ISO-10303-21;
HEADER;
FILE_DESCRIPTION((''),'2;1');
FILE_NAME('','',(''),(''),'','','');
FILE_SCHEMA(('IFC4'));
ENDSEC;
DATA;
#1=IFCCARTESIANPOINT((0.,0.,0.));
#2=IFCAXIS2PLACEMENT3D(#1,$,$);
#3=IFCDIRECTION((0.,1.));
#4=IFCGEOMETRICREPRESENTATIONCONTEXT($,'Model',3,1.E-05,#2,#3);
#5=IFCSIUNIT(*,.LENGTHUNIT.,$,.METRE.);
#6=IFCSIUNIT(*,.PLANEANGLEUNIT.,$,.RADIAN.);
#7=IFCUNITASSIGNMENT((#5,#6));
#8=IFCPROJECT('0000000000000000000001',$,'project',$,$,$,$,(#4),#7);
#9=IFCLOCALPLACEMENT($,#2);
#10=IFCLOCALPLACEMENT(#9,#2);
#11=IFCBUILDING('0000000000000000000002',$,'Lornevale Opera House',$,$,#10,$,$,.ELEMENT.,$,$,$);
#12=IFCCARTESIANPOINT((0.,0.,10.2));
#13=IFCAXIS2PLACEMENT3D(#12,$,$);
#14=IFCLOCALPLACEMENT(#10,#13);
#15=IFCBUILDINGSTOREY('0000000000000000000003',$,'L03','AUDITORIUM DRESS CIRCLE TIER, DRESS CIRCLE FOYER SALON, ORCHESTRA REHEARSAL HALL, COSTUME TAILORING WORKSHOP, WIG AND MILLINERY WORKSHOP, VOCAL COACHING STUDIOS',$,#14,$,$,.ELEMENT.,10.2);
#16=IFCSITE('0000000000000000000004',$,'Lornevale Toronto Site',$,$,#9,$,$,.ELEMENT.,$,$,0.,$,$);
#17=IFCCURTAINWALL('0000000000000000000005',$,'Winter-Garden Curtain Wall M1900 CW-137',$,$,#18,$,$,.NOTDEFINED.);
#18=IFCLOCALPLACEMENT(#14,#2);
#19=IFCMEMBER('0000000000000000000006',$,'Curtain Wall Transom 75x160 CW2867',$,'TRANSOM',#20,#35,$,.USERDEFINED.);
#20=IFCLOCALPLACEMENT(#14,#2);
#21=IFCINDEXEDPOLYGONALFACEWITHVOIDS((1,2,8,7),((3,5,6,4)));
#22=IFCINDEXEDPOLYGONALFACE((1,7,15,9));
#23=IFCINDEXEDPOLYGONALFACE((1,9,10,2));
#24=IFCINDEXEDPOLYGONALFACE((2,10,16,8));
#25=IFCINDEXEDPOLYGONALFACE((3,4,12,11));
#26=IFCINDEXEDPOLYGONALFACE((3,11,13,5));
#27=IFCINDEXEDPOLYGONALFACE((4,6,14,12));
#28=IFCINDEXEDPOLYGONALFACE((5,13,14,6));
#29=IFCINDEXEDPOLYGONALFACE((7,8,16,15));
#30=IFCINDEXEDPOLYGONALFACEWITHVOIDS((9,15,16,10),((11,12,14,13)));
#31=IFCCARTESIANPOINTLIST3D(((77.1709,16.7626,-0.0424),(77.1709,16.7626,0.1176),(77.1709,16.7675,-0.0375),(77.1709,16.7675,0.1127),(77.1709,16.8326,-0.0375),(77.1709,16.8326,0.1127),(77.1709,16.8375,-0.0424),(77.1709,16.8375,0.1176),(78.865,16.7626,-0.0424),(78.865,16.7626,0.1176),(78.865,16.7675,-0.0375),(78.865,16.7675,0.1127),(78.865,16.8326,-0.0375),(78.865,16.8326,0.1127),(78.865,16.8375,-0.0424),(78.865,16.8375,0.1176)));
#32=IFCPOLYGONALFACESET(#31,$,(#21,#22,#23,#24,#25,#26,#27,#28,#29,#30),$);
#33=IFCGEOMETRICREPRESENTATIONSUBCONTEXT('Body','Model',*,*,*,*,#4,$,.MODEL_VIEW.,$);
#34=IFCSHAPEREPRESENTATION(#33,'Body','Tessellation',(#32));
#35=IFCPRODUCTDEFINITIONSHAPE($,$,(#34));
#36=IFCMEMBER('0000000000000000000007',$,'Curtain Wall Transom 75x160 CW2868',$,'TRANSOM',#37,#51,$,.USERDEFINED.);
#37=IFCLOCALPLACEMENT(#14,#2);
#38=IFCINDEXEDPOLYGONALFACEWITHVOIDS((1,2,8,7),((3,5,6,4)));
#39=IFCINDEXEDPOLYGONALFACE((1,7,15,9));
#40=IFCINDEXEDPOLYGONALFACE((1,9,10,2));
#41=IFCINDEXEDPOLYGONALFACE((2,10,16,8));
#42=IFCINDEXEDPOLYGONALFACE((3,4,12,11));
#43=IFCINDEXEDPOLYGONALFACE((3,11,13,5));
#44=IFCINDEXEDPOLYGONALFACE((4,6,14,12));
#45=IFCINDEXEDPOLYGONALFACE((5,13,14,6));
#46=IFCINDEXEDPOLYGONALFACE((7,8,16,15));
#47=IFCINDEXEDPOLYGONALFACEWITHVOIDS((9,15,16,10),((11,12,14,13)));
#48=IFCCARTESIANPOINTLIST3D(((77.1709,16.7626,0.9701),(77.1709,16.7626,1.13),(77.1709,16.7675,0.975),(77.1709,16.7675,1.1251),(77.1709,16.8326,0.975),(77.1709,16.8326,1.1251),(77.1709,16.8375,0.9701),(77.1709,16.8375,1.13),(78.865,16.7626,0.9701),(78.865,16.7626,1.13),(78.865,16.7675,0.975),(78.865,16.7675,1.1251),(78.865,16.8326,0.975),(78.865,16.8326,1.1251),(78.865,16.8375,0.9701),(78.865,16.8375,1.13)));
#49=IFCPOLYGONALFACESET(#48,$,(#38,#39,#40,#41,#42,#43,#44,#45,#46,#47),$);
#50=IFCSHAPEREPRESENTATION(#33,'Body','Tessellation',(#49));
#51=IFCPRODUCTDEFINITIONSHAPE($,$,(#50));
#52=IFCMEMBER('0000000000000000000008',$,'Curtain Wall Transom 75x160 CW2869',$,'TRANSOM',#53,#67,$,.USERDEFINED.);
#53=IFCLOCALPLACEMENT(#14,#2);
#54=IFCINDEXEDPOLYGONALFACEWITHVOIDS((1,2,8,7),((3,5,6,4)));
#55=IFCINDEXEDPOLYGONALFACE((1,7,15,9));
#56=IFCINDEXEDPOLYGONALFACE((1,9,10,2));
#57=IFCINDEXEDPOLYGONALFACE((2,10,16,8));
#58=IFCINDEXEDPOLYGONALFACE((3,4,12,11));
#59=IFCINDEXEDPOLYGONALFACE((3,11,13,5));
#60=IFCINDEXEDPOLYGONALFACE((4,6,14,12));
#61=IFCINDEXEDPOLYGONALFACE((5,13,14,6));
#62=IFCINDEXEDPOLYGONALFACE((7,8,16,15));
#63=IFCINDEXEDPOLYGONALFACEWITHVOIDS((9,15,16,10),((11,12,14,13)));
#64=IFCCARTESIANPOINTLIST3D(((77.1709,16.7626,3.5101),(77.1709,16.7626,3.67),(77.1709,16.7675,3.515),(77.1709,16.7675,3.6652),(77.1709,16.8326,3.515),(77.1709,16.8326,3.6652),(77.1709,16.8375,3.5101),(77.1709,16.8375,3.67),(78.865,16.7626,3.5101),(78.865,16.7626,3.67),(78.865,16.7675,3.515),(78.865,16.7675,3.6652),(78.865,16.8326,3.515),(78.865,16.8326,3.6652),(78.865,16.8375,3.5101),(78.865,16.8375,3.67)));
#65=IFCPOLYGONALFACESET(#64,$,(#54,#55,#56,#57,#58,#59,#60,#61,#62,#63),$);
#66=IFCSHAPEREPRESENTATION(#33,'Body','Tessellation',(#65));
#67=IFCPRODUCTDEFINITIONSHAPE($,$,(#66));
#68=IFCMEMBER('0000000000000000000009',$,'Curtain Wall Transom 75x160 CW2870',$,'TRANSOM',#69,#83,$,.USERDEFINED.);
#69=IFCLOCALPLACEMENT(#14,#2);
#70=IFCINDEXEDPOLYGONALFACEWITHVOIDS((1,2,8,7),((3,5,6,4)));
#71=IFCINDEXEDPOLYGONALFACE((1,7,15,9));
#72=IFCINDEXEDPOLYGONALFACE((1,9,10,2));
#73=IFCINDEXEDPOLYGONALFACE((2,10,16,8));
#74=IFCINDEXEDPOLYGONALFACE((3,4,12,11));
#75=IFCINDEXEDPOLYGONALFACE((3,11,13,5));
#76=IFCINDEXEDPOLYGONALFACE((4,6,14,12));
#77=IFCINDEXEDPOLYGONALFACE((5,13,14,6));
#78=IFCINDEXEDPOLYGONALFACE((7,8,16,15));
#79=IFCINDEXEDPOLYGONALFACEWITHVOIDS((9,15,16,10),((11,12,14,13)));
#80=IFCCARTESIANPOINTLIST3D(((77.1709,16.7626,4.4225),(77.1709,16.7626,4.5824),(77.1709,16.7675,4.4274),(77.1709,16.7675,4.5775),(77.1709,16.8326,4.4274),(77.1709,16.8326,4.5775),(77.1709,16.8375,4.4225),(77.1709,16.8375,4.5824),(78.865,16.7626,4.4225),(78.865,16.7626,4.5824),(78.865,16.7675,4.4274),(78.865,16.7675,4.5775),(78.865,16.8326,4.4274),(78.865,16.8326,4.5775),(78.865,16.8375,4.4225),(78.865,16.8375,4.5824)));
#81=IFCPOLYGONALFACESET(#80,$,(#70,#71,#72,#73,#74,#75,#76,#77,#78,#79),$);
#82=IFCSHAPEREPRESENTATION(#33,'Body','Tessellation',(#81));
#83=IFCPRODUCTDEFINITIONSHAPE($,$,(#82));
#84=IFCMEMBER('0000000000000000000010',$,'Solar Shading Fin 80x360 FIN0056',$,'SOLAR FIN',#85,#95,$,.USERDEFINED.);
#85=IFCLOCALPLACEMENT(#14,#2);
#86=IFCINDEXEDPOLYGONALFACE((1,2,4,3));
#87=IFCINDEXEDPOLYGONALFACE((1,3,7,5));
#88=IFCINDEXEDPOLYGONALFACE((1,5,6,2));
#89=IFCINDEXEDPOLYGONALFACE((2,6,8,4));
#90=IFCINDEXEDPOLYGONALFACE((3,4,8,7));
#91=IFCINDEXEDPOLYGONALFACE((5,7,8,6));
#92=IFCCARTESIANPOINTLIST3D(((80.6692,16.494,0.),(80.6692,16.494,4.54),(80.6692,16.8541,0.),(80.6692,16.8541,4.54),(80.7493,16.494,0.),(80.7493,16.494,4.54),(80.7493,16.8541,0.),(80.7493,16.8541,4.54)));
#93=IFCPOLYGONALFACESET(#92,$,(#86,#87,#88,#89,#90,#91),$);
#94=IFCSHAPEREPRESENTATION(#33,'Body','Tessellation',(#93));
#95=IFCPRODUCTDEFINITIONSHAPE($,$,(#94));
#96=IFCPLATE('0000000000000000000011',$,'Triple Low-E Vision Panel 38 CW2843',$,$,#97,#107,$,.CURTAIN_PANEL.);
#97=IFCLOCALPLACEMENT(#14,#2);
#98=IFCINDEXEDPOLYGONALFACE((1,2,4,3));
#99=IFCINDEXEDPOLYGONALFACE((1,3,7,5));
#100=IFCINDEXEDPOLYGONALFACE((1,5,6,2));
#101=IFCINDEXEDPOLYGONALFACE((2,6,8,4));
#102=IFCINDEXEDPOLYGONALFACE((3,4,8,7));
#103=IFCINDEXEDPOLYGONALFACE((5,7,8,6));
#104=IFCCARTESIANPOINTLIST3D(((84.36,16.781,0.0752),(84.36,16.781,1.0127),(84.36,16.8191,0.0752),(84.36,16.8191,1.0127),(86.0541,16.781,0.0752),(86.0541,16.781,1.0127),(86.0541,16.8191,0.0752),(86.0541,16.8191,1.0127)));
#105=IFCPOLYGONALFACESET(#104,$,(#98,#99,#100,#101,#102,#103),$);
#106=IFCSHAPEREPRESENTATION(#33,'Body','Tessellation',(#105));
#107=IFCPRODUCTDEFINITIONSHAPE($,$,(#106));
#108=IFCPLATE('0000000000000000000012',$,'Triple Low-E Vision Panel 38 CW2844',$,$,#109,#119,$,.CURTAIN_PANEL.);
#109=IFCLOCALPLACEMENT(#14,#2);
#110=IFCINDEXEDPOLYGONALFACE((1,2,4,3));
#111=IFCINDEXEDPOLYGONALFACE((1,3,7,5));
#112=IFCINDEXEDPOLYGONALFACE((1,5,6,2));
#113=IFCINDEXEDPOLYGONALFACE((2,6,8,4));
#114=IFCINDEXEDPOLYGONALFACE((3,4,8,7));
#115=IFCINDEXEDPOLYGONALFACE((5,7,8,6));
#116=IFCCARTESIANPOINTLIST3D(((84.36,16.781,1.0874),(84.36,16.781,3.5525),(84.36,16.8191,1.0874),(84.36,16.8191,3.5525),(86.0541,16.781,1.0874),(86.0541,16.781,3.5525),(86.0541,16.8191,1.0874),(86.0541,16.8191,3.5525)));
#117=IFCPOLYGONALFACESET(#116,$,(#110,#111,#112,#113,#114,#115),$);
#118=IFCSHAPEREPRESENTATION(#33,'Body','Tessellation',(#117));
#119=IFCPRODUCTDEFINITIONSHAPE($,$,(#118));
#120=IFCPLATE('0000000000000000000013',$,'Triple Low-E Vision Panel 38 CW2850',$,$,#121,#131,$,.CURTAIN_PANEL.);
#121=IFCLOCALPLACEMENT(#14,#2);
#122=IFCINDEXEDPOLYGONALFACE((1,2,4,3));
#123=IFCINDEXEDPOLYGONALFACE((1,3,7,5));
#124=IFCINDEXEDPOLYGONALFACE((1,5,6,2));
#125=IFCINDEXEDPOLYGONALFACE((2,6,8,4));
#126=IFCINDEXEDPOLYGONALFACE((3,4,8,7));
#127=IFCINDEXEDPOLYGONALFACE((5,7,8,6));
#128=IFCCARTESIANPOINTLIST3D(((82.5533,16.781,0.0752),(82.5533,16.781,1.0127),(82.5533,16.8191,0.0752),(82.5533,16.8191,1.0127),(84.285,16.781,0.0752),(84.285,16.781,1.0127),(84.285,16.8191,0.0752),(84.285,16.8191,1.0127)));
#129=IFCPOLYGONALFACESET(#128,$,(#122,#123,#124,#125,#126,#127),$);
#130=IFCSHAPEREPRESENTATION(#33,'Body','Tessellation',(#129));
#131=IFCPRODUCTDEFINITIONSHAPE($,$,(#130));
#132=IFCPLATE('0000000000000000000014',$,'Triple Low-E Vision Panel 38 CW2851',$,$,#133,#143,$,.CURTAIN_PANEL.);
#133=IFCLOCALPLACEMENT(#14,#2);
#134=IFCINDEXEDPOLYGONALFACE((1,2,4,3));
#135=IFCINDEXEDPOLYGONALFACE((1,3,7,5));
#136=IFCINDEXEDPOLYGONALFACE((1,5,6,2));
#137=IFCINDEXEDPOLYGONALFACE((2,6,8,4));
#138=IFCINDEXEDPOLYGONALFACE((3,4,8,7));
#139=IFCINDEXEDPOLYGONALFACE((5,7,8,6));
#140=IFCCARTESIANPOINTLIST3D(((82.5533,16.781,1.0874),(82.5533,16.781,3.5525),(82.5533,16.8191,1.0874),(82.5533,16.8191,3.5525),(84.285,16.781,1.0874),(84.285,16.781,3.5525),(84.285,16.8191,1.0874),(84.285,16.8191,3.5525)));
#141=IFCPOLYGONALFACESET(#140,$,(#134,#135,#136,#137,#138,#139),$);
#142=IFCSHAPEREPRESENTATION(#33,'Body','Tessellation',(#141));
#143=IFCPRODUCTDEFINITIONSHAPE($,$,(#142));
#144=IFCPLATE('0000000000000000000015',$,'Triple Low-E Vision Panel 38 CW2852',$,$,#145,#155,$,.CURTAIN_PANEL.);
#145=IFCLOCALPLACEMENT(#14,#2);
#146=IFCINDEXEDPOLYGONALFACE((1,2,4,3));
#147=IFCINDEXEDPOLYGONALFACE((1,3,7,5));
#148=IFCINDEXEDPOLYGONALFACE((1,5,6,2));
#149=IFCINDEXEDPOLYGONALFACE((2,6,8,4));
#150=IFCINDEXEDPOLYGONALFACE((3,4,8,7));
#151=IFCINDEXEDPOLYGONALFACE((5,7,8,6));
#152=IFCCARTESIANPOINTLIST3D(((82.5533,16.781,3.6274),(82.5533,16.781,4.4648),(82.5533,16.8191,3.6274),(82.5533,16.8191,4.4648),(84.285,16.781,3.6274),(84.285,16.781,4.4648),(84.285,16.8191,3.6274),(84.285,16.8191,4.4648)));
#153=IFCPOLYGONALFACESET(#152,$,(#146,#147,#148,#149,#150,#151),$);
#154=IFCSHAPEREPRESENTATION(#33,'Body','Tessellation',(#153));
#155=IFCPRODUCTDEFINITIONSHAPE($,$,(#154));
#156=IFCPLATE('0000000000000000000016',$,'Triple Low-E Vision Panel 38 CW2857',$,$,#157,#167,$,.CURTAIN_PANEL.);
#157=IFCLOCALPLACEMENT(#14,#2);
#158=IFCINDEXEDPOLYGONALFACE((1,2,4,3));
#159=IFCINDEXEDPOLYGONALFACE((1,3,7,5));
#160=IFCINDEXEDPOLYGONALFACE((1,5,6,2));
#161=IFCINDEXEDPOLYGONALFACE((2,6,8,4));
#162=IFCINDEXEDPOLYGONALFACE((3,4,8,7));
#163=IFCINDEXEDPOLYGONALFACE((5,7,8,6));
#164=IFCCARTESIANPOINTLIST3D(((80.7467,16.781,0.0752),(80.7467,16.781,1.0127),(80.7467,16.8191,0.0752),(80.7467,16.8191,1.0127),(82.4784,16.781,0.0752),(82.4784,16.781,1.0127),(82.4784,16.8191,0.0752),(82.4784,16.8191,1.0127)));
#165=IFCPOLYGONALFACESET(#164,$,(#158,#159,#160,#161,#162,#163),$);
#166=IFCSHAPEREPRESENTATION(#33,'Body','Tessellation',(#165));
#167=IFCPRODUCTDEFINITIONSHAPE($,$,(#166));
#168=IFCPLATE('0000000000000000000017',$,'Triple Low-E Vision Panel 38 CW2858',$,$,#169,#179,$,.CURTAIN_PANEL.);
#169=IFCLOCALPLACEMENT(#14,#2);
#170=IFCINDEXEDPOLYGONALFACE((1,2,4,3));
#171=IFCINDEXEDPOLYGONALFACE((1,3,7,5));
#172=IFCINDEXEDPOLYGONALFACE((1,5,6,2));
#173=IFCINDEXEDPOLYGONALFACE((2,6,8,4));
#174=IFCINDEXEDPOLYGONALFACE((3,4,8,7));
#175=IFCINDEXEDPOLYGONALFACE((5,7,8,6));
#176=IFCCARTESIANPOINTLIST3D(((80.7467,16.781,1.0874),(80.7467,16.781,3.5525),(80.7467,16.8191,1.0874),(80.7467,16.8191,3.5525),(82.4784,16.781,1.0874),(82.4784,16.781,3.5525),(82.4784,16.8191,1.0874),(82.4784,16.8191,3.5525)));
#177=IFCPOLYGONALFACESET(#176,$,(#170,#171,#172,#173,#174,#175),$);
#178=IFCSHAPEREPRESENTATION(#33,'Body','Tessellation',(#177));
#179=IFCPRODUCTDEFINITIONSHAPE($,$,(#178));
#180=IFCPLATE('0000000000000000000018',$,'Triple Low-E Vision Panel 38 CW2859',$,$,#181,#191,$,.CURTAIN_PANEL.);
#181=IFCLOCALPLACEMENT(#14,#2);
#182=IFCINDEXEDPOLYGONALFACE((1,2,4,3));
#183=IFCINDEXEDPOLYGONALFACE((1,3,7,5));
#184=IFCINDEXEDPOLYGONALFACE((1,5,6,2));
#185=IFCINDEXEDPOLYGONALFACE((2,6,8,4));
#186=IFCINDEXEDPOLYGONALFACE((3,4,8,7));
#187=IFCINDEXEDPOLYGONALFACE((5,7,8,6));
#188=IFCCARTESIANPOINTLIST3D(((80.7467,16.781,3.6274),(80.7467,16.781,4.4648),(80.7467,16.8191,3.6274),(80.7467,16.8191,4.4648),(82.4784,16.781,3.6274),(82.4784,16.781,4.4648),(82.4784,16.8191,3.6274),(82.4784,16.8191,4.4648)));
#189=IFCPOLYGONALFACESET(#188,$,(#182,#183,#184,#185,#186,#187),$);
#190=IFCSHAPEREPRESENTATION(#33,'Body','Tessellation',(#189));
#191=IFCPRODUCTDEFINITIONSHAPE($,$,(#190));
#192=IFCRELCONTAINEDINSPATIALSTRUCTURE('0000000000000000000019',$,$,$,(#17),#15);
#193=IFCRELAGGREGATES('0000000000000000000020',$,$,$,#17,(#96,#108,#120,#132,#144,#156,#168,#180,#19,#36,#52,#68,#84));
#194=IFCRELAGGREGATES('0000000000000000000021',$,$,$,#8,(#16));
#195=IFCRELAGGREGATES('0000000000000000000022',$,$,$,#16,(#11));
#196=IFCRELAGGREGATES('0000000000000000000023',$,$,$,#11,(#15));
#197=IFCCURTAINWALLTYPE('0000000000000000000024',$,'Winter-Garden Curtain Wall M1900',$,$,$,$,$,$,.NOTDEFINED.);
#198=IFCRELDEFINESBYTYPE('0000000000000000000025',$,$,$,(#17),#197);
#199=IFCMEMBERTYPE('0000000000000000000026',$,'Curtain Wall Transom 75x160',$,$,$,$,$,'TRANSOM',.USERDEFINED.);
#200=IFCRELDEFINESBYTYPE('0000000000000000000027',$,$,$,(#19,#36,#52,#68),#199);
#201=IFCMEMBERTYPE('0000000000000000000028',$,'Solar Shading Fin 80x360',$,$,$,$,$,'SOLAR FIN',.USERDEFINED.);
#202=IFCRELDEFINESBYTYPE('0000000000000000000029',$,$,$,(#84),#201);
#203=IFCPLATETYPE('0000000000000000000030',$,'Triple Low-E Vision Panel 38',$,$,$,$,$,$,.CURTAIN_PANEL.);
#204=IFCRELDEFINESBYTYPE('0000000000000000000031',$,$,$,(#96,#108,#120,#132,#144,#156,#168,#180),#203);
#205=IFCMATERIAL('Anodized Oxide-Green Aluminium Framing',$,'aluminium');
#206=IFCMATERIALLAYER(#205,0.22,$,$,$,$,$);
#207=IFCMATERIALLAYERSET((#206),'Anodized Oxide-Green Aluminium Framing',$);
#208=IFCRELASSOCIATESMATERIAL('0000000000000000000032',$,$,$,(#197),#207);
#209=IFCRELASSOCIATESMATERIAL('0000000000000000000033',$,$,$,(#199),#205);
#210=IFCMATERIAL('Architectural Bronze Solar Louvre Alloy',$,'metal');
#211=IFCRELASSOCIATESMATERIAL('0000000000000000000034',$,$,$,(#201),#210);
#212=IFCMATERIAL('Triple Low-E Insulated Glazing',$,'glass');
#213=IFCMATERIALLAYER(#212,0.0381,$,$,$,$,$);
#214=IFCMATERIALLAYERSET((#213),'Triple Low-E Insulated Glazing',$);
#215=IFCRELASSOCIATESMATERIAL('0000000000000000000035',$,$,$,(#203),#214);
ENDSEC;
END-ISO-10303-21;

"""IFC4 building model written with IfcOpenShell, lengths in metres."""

from ifc_helpers import new_model, si_unit, direction, frame, origin, origin_2d, place, context, subcontext, project, spatial, rectangle, hollow_rectangle, extrude, material, layer, layer_set, material_profile, profile_set, type_object, element, aggregate, save


model = new_model("IFC4")

# Units and contexts
model_context = context("Model", 3, precision=1e-05, world=origin(), true_north=direction((0.0, 1.0)))
body_context = subcontext(model_context, "Body", "Model", "MODEL_VIEW")
ifc_project = project(units=[si_unit("LENGTHUNIT", "METRE"), si_unit("PLANEANGLEUNIT", "RADIAN")], contexts=[model_context])

# Site, building, storey
site_placement = place(None, origin())
site = spatial("IfcSite", under=ifc_project, at=site_placement, Name="Lornevale Toronto Site", CompositionType="ELEMENT", RefElevation=0.0)
building_placement = place(site_placement, origin())
building = spatial("IfcBuilding", under=site, at=building_placement, Name="Lornevale Opera House", CompositionType="ELEMENT")
storey_placement = place(building_placement, frame((0.0, 0.0, 10.2)))
storey = spatial("IfcBuildingStorey", under=building, at=storey_placement, Name="L03", Description="AUDITORIUM DRESS CIRCLE TIER, DRESS CIRCLE FOYER SALON, ORCHESTRA REHEARSAL HALL, COSTUME TAILORING WORKSHOP, WIG AND MILLINERY WORKSHOP, VOCAL COACHING STUDIOS", CompositionType="ELEMENT", Elevation=10.2)

# Shared definitions
ifc_material_1 = material(Name="Anodized Oxide-Green Aluminium Framing", Category="aluminium")
ifc_layer_1 = layer(ifc_material_1, 0.22)
ifc_layer_set_1 = layer_set([ifc_layer_1], Name="Anodized Oxide-Green Aluminium Framing")
curtain_wall_type = type_object("IfcCurtainWallType", Name="Winter-Garden Curtain Wall M1900", PredefinedType="NOTDEFINED", material=ifc_layer_set_1)

# Curtain wall, members, plates
curtain_wall_1_placement = place(storey_placement, origin())
curtain_wall_1 = element("IfcCurtainWall", 1, at=curtain_wall_1_placement, inside=storey, type_object=curtain_wall_type, Name="Winter-Garden Curtain Wall M1900 CW-137", PredefinedType="NOTDEFINED")
ifc_material_profile_1 = material_profile(ifc_material_1, hollow_rectangle(XDim=0.075, YDim=0.1599, WallThickness=0.0049, at=origin_2d()), Name="ALU75x160x5")
ifc_profile_set_1 = profile_set([ifc_material_profile_1], Name="Anodized Oxide-Green Aluminium Framing")
member_type_1 = type_object("IfcMemberType", Name="Curtain Wall Transom 75x160", ElementType="TRANSOM", PredefinedType="USERDEFINED", material=ifc_profile_set_1)
member_1_placement = place(storey_placement, frame((78.865, 16.8, 0.0376), z_axis=(-1.0, 0.0, 0.0), x_axis=(0.0, -1.0, 0.0)))
member_1 = element("IfcMember", 2, at=member_1_placement, type_object=member_type_1, Name="Curtain Wall Transom 75x160 CW2867", ObjectType="TRANSOM", PredefinedType="USERDEFINED", context=body_context, shape_type="SweptSolid", body=[
    extrude(hollow_rectangle(XDim=0.075, YDim=0.1599, WallThickness=0.0049, at=origin_2d()), origin(), (0.0, 0.0, 1.0), 1.6941),
])
member_2_placement = place(storey_placement, frame((78.865, 16.8, 1.05), z_axis=(-1.0, 0.0, 0.0), x_axis=(0.0, -1.0, 0.0)))
member_2 = element("IfcMember", 3, at=member_2_placement, type_object=member_type_1, Name="Curtain Wall Transom 75x160 CW2868", ObjectType="TRANSOM", PredefinedType="USERDEFINED", context=body_context, shape_type="SweptSolid", body=[
    extrude(hollow_rectangle(XDim=0.075, YDim=0.1599, WallThickness=0.0049, at=origin_2d()), origin(), (0.0, 0.0, 1.0), 1.6941),
])
member_3_placement = place(storey_placement, frame((78.865, 16.8, 3.5901), z_axis=(-1.0, 0.0, 0.0), x_axis=(0.0, -1.0, 0.0)))
member_3 = element("IfcMember", 4, at=member_3_placement, type_object=member_type_1, Name="Curtain Wall Transom 75x160 CW2869", ObjectType="TRANSOM", PredefinedType="USERDEFINED", context=body_context, shape_type="SweptSolid", body=[
    extrude(hollow_rectangle(XDim=0.075, YDim=0.1599, WallThickness=0.0049, at=origin_2d()), origin(), (0.0, 0.0, 1.0), 1.6941),
])
member_4_placement = place(storey_placement, frame((78.865, 16.8, 4.5024), z_axis=(-1.0, 0.0, 0.0), x_axis=(0.0, -1.0, 0.0)))
member_4 = element("IfcMember", 5, at=member_4_placement, type_object=member_type_1, Name="Curtain Wall Transom 75x160 CW2870", ObjectType="TRANSOM", PredefinedType="USERDEFINED", context=body_context, shape_type="SweptSolid", body=[
    extrude(hollow_rectangle(XDim=0.075, YDim=0.1599, WallThickness=0.0049, at=origin_2d()), origin(), (0.0, 0.0, 1.0), 1.6941),
])
ifc_material_2 = material(Name="Architectural Bronze Solar Louvre Alloy", Category="metal")
ifc_material_profile_2 = material_profile(ifc_material_2, rectangle(XDim=0.0801, YDim=0.3601, at=origin_2d()), Name="FIN80x360")
ifc_profile_set_2 = profile_set([ifc_material_profile_2], Name="Architectural Bronze Solar Louvre Alloy")
member_type_2 = type_object("IfcMemberType", Name="Solar Shading Fin 80x360", ElementType="SOLAR FIN", PredefinedType="USERDEFINED", material=ifc_profile_set_2)
member_5_placement = place(storey_placement, frame((80.7092, 16.6741, 0.0), z_axis=(0.0, 0.0, 1.0), x_axis=(-1.0, 0.0, 0.0)))
member_5 = element("IfcMember", 6, at=member_5_placement, type_object=member_type_2, Name="Solar Shading Fin 80x360 FIN0056", ObjectType="SOLAR FIN", PredefinedType="USERDEFINED", context=body_context, shape_type="SweptSolid", body=[
    extrude(rectangle(XDim=0.0801, YDim=0.3601, at=origin_2d()), origin(), (0.0, 0.0, 1.0), 4.54),
])
ifc_material_3 = material(Name="Triple Low-E Insulated Glazing", Category="glass")
ifc_layer_2 = layer(ifc_material_3, 0.0381)
ifc_layer_set_2 = layer_set([ifc_layer_2], Name="Triple Low-E Insulated Glazing")
plate_type = type_object("IfcPlateType", Name="Triple Low-E Vision Panel 38", PredefinedType="CURTAIN_PANEL", material=ifc_layer_set_2)
plate_1_placement = place(storey_placement, frame((85.207, 16.8, 0.0752), z_axis=(0.0, 0.0, 1.0), x_axis=(-1.0, 0.0, 0.0)))
plate_1 = element("IfcPlate", 7, at=plate_1_placement, type_object=plate_type, Name="Triple Low-E Vision Panel 38 CW2843", PredefinedType="CURTAIN_PANEL", context=body_context, shape_type="SweptSolid", body=[
    extrude(rectangle(XDim=1.6941, YDim=0.0381, at=origin_2d()), origin(), (0.0, 0.0, 1.0), 0.9375),
])
plate_2_placement = place(storey_placement, frame((85.207, 16.8, 1.0874), z_axis=(0.0, 0.0, 1.0), x_axis=(-1.0, 0.0, 0.0)))
plate_2 = element("IfcPlate", 8, at=plate_2_placement, type_object=plate_type, Name="Triple Low-E Vision Panel 38 CW2844", PredefinedType="CURTAIN_PANEL", context=body_context, shape_type="SweptSolid", body=[
    extrude(rectangle(XDim=1.6941, YDim=0.0381, at=origin_2d()), origin(), (0.0, 0.0, 1.0), 2.4651),
])
plate_3_placement = place(storey_placement, frame((83.4192, 16.8, 0.0752), z_axis=(0.0, 0.0, 1.0), x_axis=(-1.0, 0.0, 0.0)))
plate_3 = element("IfcPlate", 9, at=plate_3_placement, type_object=plate_type, Name="Triple Low-E Vision Panel 38 CW2850", PredefinedType="CURTAIN_PANEL", context=body_context, shape_type="SweptSolid", body=[
    extrude(rectangle(XDim=1.7317, YDim=0.0381, at=origin_2d()), origin(), (0.0, 0.0, 1.0), 0.9375),
])
plate_4_placement = place(storey_placement, frame((83.4192, 16.8, 1.0874), z_axis=(0.0, 0.0, 1.0), x_axis=(-1.0, 0.0, 0.0)))
plate_4 = element("IfcPlate", 10, at=plate_4_placement, type_object=plate_type, Name="Triple Low-E Vision Panel 38 CW2851", PredefinedType="CURTAIN_PANEL", context=body_context, shape_type="SweptSolid", body=[
    extrude(rectangle(XDim=1.7317, YDim=0.0381, at=origin_2d()), origin(), (0.0, 0.0, 1.0), 2.4651),
])
plate_5_placement = place(storey_placement, frame((83.4192, 16.8, 3.6274), z_axis=(0.0, 0.0, 1.0), x_axis=(-1.0, 0.0, 0.0)))
plate_5 = element("IfcPlate", 11, at=plate_5_placement, type_object=plate_type, Name="Triple Low-E Vision Panel 38 CW2852", PredefinedType="CURTAIN_PANEL", context=body_context, shape_type="SweptSolid", body=[
    extrude(rectangle(XDim=1.7317, YDim=0.0381, at=origin_2d()), origin(), (0.0, 0.0, 1.0), 0.8374),
])
plate_6_placement = place(storey_placement, frame((81.6125, 16.8, 0.0752), z_axis=(0.0, 0.0, 1.0), x_axis=(-1.0, 0.0, 0.0)))
plate_6 = element("IfcPlate", 12, at=plate_6_placement, type_object=plate_type, Name="Triple Low-E Vision Panel 38 CW2857", PredefinedType="CURTAIN_PANEL", context=body_context, shape_type="SweptSolid", body=[
    extrude(rectangle(XDim=1.7317, YDim=0.0381, at=origin_2d()), origin(), (0.0, 0.0, 1.0), 0.9375),
])
plate_7_placement = place(storey_placement, frame((81.6125, 16.8, 1.0874), z_axis=(0.0, 0.0, 1.0), x_axis=(-1.0, 0.0, 0.0)))
plate_7 = element("IfcPlate", 13, at=plate_7_placement, type_object=plate_type, Name="Triple Low-E Vision Panel 38 CW2858", PredefinedType="CURTAIN_PANEL", context=body_context, shape_type="SweptSolid", body=[
    extrude(rectangle(XDim=1.7317, YDim=0.0381, at=origin_2d()), origin(), (0.0, 0.0, 1.0), 2.4651),
])
plate_8_placement = place(storey_placement, frame((81.6125, 16.8, 3.6274), z_axis=(0.0, 0.0, 1.0), x_axis=(-1.0, 0.0, 0.0)))
plate_8 = element("IfcPlate", 14, at=plate_8_placement, type_object=plate_type, Name="Triple Low-E Vision Panel 38 CW2859", PredefinedType="CURTAIN_PANEL", context=body_context, shape_type="SweptSolid", body=[
    extrude(rectangle(XDim=1.7317, YDim=0.0381, at=origin_2d()), origin(), (0.0, 0.0, 1.0), 0.8374),
])
aggregate(curtain_wall_1, [plate_1, plate_2, plate_3, plate_4, plate_5, plate_6, plate_7, plate_8, member_1, member_2, member_3, member_4, member_5])

save(model, "model.ifc")
